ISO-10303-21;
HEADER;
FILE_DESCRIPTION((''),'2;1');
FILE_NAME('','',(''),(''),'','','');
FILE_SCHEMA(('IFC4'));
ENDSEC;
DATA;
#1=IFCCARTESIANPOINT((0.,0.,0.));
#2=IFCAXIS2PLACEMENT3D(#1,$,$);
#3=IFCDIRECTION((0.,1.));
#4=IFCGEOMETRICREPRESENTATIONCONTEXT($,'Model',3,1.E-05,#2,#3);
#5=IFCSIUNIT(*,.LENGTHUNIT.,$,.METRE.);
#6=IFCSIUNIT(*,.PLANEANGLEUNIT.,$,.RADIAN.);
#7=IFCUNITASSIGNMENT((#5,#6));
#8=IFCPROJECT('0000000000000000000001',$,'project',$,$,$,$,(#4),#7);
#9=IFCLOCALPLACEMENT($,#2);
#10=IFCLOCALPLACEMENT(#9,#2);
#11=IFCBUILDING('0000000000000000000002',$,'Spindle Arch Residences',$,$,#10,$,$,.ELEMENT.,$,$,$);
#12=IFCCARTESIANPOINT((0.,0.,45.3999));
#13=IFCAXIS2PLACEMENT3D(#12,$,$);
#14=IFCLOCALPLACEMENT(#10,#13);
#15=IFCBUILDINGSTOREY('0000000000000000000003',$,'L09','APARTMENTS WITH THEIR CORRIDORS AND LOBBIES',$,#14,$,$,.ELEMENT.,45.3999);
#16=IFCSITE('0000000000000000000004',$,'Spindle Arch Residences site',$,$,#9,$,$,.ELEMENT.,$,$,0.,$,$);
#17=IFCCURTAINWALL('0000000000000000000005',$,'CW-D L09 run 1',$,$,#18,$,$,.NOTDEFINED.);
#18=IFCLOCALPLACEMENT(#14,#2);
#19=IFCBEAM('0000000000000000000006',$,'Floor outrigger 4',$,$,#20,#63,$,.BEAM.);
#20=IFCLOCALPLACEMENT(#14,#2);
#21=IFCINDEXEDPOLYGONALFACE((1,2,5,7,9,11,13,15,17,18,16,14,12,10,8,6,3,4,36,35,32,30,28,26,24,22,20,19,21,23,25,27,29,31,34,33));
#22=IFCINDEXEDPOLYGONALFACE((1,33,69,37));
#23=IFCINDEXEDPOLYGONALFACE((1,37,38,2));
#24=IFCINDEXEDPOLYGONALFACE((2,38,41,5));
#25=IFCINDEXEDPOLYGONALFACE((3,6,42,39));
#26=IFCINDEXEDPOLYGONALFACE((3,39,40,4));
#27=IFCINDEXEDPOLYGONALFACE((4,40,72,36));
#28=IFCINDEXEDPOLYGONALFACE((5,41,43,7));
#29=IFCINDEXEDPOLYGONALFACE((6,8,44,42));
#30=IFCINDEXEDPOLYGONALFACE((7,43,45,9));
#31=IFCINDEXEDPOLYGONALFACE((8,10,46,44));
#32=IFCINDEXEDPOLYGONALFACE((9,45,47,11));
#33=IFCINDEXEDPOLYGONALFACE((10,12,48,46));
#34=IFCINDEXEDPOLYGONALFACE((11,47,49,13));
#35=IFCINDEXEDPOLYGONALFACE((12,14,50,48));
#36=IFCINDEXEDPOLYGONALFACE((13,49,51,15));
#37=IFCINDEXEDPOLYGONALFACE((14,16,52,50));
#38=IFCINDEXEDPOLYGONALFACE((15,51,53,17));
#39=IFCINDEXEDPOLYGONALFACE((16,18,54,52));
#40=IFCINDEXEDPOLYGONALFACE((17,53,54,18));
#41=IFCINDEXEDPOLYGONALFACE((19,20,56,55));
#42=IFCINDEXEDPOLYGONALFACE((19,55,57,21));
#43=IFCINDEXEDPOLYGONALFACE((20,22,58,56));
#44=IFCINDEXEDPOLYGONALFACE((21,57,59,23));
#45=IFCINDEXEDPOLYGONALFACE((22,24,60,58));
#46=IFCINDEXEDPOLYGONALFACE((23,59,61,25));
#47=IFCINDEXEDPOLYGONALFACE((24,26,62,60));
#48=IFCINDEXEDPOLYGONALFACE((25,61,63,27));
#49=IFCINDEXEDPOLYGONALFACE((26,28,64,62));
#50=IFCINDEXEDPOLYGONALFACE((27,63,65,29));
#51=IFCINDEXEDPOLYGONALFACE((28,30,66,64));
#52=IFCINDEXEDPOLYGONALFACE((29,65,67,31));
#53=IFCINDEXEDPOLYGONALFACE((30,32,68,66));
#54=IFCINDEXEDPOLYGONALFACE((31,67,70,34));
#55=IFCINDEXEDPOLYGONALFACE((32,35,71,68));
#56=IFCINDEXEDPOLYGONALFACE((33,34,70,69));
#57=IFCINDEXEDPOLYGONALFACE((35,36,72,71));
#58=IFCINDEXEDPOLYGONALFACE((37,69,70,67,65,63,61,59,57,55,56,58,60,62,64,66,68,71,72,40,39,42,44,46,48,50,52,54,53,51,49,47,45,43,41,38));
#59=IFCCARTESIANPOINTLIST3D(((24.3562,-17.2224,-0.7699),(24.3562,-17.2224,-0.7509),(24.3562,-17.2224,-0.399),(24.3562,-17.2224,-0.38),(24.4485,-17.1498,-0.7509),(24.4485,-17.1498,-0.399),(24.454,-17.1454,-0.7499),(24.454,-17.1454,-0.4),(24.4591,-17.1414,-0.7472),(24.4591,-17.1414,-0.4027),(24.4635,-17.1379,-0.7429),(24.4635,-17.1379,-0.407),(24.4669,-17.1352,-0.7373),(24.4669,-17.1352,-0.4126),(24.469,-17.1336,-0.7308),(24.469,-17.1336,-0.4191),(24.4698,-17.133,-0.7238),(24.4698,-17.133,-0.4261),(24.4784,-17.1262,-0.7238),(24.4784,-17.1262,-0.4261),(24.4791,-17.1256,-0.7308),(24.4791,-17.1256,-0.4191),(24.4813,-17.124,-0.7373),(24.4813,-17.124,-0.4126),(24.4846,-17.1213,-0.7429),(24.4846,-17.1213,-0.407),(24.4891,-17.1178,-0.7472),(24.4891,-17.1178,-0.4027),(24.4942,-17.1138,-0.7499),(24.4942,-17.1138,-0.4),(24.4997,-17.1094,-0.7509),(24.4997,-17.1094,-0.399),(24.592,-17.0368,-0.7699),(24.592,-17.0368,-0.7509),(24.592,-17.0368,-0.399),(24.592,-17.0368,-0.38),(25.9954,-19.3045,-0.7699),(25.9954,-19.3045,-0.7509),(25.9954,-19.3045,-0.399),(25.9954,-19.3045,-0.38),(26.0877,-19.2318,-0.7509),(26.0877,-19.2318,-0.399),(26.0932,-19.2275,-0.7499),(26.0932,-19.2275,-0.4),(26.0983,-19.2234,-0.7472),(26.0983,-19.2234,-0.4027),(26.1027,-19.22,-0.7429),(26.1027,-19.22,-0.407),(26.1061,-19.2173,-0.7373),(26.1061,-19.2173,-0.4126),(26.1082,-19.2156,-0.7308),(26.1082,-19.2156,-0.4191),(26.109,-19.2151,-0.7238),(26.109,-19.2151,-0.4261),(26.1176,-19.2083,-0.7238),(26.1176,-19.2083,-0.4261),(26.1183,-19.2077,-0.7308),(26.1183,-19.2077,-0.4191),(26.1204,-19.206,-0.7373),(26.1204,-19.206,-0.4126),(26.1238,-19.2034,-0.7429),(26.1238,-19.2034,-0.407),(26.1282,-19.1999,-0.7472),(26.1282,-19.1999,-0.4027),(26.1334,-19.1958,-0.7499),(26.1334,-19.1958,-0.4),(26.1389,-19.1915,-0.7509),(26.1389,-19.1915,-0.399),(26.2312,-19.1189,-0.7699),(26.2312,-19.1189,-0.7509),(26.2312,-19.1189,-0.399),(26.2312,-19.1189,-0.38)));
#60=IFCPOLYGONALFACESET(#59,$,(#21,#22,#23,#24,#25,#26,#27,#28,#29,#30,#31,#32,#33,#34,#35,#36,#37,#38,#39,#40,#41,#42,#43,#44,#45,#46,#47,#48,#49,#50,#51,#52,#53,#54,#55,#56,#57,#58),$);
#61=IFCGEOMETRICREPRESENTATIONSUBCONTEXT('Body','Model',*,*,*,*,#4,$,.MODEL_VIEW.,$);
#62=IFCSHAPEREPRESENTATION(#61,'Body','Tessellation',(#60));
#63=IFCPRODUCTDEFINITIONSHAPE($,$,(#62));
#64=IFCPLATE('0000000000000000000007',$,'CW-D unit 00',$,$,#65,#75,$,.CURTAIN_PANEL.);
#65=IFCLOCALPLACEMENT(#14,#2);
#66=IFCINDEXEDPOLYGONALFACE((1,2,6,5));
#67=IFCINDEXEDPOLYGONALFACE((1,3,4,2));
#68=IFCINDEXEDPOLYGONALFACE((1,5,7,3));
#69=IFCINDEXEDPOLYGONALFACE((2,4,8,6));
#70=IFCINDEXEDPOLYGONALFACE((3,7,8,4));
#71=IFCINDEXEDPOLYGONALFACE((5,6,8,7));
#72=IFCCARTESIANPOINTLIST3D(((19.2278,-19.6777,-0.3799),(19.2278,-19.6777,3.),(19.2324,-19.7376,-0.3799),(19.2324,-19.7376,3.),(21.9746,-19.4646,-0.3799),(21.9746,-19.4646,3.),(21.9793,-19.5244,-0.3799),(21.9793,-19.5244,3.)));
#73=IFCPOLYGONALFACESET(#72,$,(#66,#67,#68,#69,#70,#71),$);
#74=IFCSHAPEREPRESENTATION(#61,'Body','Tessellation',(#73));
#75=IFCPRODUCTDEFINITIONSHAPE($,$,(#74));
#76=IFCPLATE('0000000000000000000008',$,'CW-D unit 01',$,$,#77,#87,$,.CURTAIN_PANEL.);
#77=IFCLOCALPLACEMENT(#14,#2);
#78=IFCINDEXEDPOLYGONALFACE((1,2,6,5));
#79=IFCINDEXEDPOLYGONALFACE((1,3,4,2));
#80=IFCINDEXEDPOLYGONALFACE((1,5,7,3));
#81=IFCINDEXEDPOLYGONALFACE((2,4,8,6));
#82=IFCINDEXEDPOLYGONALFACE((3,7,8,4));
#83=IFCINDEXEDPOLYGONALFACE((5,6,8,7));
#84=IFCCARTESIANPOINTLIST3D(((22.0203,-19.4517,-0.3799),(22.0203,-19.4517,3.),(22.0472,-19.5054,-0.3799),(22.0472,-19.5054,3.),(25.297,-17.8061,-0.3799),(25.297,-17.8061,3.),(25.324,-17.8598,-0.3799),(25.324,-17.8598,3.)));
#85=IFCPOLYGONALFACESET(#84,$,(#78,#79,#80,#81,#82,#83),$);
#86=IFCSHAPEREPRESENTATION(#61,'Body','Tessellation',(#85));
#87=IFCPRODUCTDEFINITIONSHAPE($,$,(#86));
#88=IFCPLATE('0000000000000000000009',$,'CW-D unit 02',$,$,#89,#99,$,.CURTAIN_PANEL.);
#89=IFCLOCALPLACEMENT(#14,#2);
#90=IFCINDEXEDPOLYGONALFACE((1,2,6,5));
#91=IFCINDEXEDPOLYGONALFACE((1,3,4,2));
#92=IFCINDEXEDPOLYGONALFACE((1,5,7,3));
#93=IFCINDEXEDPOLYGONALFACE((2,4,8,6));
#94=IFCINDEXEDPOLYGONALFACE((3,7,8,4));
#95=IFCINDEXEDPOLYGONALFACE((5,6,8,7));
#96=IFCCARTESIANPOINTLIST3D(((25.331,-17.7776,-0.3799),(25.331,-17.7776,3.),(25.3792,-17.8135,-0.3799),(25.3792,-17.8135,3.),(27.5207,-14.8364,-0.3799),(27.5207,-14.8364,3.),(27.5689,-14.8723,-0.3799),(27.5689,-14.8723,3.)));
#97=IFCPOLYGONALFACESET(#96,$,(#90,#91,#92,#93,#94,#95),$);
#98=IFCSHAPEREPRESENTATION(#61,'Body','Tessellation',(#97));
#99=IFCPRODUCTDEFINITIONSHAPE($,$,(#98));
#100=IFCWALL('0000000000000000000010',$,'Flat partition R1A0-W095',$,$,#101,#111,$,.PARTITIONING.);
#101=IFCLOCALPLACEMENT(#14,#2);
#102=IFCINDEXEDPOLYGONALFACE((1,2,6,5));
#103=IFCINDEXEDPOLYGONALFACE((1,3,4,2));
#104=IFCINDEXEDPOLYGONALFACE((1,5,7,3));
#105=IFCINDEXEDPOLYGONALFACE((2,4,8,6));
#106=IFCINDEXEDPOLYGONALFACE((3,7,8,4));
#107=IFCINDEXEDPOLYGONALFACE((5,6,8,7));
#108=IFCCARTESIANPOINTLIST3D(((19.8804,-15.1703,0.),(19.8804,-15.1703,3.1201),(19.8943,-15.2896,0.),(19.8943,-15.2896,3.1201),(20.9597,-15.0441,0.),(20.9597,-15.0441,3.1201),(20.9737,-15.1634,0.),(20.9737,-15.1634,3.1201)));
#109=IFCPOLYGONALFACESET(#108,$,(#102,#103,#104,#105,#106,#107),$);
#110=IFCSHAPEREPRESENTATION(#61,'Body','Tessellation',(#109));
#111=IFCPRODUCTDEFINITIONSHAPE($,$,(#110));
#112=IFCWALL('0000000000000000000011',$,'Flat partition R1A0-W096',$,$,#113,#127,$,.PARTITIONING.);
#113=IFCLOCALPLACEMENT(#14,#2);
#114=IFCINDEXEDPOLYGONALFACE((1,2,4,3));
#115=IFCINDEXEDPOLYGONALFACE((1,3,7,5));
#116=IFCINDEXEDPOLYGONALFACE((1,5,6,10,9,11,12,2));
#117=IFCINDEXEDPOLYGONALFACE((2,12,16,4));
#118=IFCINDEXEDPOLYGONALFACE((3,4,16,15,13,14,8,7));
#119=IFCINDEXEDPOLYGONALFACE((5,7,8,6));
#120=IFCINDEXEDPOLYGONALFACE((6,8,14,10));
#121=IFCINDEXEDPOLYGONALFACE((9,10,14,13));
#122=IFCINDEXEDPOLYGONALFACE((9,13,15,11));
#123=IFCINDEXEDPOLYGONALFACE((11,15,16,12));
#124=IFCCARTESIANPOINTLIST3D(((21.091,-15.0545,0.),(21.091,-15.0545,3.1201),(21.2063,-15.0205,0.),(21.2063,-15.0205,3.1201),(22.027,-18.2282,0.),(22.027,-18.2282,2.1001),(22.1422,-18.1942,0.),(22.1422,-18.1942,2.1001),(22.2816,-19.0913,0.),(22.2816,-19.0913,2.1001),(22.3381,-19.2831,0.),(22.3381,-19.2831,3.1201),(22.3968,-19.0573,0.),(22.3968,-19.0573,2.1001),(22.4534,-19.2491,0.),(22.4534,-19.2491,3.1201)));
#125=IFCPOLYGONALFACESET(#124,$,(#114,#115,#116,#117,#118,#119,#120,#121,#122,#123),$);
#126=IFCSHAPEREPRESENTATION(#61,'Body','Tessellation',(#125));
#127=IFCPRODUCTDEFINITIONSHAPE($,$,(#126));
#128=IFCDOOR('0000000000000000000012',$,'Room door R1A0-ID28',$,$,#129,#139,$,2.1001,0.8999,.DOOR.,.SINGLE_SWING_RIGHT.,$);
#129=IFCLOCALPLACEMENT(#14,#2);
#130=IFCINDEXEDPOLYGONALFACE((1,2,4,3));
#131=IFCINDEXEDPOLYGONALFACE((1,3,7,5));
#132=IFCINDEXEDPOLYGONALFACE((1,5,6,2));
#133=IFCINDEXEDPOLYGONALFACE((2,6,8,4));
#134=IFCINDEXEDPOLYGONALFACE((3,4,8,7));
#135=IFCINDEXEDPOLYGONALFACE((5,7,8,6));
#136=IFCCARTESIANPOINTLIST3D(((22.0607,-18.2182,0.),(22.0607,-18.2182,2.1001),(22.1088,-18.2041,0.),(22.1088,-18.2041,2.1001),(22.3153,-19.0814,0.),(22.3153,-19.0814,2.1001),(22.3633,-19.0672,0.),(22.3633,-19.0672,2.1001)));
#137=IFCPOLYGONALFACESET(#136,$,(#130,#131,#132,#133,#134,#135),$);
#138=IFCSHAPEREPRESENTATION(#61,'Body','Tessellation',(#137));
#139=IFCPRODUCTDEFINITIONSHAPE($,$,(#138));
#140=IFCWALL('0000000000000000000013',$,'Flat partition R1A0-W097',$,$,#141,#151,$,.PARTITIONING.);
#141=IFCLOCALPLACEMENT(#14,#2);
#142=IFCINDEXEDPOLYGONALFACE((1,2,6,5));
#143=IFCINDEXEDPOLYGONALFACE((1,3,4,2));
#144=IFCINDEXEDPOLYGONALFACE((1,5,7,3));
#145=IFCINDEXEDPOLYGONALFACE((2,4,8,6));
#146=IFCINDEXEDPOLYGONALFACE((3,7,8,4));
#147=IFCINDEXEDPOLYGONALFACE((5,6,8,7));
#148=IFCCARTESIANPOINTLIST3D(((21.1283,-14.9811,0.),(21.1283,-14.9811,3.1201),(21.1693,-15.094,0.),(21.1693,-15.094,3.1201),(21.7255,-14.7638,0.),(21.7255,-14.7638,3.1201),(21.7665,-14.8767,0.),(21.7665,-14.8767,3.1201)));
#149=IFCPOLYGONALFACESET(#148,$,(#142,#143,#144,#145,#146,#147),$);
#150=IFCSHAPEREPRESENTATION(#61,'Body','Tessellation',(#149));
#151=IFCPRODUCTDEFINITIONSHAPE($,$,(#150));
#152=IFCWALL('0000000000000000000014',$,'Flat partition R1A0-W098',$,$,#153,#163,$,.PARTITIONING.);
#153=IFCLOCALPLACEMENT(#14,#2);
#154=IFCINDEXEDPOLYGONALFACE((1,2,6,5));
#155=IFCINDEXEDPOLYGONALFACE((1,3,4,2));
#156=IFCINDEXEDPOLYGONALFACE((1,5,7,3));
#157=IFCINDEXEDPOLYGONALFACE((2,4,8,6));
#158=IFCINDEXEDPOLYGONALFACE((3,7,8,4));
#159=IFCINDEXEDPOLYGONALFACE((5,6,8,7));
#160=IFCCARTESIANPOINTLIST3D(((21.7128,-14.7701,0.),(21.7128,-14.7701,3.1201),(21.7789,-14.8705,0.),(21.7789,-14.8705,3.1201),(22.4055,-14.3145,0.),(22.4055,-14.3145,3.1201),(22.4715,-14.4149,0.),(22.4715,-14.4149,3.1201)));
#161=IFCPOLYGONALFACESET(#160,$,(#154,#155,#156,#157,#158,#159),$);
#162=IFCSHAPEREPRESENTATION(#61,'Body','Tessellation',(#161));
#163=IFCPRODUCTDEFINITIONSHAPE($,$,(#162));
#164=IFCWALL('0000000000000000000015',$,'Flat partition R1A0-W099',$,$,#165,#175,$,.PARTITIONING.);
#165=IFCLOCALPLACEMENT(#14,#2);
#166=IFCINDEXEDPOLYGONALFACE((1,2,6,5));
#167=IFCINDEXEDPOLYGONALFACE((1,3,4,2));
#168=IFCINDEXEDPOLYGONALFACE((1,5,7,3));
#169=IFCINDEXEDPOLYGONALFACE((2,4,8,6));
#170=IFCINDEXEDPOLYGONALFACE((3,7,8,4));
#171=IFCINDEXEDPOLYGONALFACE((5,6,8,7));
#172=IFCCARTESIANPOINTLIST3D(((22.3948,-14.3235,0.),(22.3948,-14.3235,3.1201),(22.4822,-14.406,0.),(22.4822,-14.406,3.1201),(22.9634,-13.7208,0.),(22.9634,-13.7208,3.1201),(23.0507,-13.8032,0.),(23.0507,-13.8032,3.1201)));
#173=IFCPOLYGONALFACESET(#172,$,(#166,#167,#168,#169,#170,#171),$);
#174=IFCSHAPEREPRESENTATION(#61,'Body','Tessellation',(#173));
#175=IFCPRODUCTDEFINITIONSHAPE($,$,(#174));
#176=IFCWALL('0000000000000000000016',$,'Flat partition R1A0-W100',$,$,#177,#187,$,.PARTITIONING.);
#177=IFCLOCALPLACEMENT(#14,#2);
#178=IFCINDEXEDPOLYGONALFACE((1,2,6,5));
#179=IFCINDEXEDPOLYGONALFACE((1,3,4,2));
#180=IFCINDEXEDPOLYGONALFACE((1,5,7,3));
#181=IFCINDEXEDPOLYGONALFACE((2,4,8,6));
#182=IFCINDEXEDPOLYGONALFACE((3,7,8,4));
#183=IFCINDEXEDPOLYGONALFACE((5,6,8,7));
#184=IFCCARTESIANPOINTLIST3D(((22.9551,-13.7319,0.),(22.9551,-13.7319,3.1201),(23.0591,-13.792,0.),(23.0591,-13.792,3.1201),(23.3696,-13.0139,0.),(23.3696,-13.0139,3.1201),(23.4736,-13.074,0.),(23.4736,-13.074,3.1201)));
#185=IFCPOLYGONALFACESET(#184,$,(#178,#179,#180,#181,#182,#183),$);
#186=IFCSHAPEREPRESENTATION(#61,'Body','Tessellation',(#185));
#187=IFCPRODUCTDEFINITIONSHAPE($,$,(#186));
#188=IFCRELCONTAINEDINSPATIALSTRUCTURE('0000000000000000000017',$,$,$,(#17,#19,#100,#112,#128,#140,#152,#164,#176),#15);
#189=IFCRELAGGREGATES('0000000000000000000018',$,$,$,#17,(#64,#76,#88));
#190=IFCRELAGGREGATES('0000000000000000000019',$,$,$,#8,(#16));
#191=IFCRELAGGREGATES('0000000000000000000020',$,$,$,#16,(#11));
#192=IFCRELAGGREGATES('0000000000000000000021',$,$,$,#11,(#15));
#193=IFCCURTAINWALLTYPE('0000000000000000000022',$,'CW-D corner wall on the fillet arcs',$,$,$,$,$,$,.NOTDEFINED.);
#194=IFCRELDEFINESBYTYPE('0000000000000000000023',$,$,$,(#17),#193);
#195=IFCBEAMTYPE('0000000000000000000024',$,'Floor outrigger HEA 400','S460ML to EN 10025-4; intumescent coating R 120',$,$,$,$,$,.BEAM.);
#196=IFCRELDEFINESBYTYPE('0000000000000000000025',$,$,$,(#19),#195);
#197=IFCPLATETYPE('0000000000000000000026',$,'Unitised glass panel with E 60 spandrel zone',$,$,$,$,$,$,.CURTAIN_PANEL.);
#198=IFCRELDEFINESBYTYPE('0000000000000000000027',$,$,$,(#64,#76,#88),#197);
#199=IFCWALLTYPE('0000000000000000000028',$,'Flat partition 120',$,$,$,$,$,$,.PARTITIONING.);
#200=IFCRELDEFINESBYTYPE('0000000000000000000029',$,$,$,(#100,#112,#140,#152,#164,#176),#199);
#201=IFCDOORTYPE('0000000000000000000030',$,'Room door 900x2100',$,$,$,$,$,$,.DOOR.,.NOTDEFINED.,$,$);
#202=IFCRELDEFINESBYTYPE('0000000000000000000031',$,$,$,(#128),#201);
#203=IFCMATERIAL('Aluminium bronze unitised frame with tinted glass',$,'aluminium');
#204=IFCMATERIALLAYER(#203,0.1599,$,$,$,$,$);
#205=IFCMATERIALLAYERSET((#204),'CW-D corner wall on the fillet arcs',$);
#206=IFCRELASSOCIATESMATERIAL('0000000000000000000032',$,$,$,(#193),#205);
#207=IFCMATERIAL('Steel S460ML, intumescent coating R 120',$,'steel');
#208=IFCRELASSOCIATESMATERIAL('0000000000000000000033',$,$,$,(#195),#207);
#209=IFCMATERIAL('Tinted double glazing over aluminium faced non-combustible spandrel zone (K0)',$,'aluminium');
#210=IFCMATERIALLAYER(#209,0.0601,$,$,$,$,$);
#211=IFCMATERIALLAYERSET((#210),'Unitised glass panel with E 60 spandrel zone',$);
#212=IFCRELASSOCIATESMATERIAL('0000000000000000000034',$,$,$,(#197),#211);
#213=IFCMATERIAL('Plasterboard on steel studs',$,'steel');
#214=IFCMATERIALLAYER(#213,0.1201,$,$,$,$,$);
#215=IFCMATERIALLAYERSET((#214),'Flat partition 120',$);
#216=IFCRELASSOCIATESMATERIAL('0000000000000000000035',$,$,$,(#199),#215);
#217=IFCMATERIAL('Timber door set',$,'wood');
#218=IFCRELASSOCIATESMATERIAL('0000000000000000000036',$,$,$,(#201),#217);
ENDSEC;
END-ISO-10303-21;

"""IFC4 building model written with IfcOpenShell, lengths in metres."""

from ifc_helpers import new_model, si_unit, direction, frame, frame_2d, origin, origin_2d, place, context, subcontext, project, spatial, rectangle, i_section, extrude, material, layer, layer_set, material_profile, profile_set, type_object, element, fill, aggregate, save


model = new_model("IFC4")

# Units and contexts
model_context = context("Model", 3, precision=1e-05, world=origin(), true_north=direction((0.0, 1.0)))
body_context = subcontext(model_context, "Body", "Model", "MODEL_VIEW")
ifc_project = project(units=[si_unit("LENGTHUNIT", "METRE"), si_unit("PLANEANGLEUNIT", "RADIAN")], contexts=[model_context])

# Site, building, storey
site_placement = place(None, origin())
site = spatial("IfcSite", under=ifc_project, at=site_placement, Name="Spindle Arch Residences site", CompositionType="ELEMENT", RefElevation=0.0)
building_placement = place(site_placement, origin())
building = spatial("IfcBuilding", under=site, at=building_placement, Name="Spindle Arch Residences", CompositionType="ELEMENT")
storey_placement = place(building_placement, frame((0.0, 0.0, 45.3999)))
storey = spatial("IfcBuildingStorey", under=building, at=storey_placement, Name="L09", Description="APARTMENTS WITH THEIR CORRIDORS AND LOBBIES", CompositionType="ELEMENT", Elevation=45.3999)

# Curtain wall
ifc_material_1 = material(Name="Aluminium bronze unitised frame with tinted glass", Category="aluminium")
ifc_layer_1 = layer(ifc_material_1, 0.1599)
ifc_layer_set_1 = layer_set([ifc_layer_1], Name="CW-D corner wall on the fillet arcs")
curtain_wall_type = type_object("IfcCurtainWallType", Name="CW-D corner wall on the fillet arcs", PredefinedType="NOTDEFINED", material=ifc_layer_set_1)
curtain_wall_placement = place(storey_placement, origin())
curtain_wall = element("IfcCurtainWall", 1, at=curtain_wall_placement, inside=storey, type_object=curtain_wall_type, Name="CW-D L09 run 1", PredefinedType="NOTDEFINED")

# Beam
ifc_material_2 = material(Name="Steel S460ML, intumescent coating R 120", Category="steel")
ifc_material_profile_1 = material_profile(ifc_material_2, i_section(OverallWidth=0.3, OverallDepth=0.3899, WebThickness=0.011, FlangeThickness=0.019, FilletRadius=0.0271, at=origin_2d()), Name="HEA 400")
ifc_profile_set_1 = profile_set([ifc_material_profile_1], Name="Steel S460ML, intumescent coating R 120")
beam_type_1 = type_object("IfcBeamType", Name="Floor outrigger HEA 400", Description="S460ML to EN 10025-4; intumescent coating R 120", PredefinedType="BEAM", material=ifc_profile_set_1)
beam_1_placement = place(storey_placement, frame((26.1133, -19.2117, -0.575), z_axis=(-0.618586, 0.785717, 0.0), x_axis=(-0.785717, -0.618586, 0.0)))
element("IfcBeam", 2, at=beam_1_placement, inside=storey, type_object=beam_type_1, Name="Floor outrigger 4", PredefinedType="BEAM", context=body_context, shape_type="SweptSolid", body=[
    extrude(i_section(OverallWidth=0.3, OverallDepth=0.3899, WebThickness=0.011, FlangeThickness=0.019, FilletRadius=0.0271, at=origin_2d()), origin(), (0.0, 0.0, 1.0), 2.6499),
])

# Plates
ifc_material_3 = material(Name="Tinted double glazing over aluminium faced non-combustible spandrel zone (K0)", Category="aluminium")
ifc_layer_2 = layer(ifc_material_3, 0.0601)
ifc_layer_set_2 = layer_set([ifc_layer_2], Name="Unitised glass panel with E 60 spandrel zone")
plate_type = type_object("IfcPlateType", Name="Unitised glass panel with E 60 spandrel zone", PredefinedType="CURTAIN_PANEL", material=ifc_layer_set_2)
plate_1_placement = place(storey_placement, frame((20.6035, -19.6011, -0.3799), z_axis=(0.0, 0.0, 1.0), x_axis=(0.997003, 0.077364, 0.0)))
plate_1 = element("IfcPlate", 3, at=plate_1_placement, type_object=plate_type, Name="CW-D unit 00", PredefinedType="CURTAIN_PANEL", context=body_context, shape_type="SweptSolid", body=[
    extrude(rectangle(XDim=2.7551, YDim=0.0601, at=origin_2d()), origin(), (0.0, 0.0, 1.0), 3.3799),
])
plate_2_placement = place(storey_placement, frame((23.6721, -18.6558, -0.3799), z_axis=(0.0, 0.0, 1.0), x_axis=(0.893633, 0.448799, 0.0)))
plate_2 = element("IfcPlate", 4, at=plate_2_placement, type_object=plate_type, Name="CW-D unit 01", PredefinedType="CURTAIN_PANEL", context=body_context, shape_type="SweptSolid", body=[
    extrude(rectangle(XDim=3.6667, YDim=0.0601, at=origin_2d()), origin(), (0.0, 0.0, 1.0), 3.3799),
])
plate_3_placement = place(storey_placement, frame((26.45, -16.325, -0.3799), z_axis=(0.0, 0.0, 1.0), x_axis=(0.597159, 0.802123, 0.0)))
plate_3 = element("IfcPlate", 5, at=plate_3_placement, type_object=plate_type, Name="CW-D unit 02", PredefinedType="CURTAIN_PANEL", context=body_context, shape_type="SweptSolid", body=[
    extrude(rectangle(XDim=3.6667, YDim=0.0601, at=origin_2d()), origin(), (0.0, 0.0, 1.0), 3.3799),
])
aggregate(curtain_wall, [plate_1, plate_2, plate_3])

# Wall
ifc_material_4 = material(Name="Plasterboard on steel studs", Category="steel")
ifc_layer_3 = layer(ifc_material_4, 0.1201)
ifc_layer_set_3 = layer_set([ifc_layer_3], Name="Flat partition 120")
wall_type_1 = type_object("IfcWallType", Name="Flat partition 120", PredefinedType="PARTITIONING", material=ifc_layer_set_3)
wall_1_placement = place(storey_placement, frame((20.9668, -15.1038, 0.0), z_axis=(0.0, 0.0, 1.0), x_axis=(-0.993232, -0.11615, 0.0)))
element("IfcWall", 6, at=wall_1_placement, inside=storey, type_object=wall_type_1, Name="Flat partition R1A0-W095", PredefinedType="PARTITIONING", context=body_context, shape_type="SweptSolid", body=[
    extrude(rectangle(XDim=1.0867, YDim=0.1201, at=frame_2d((0.5435, 0.0))), origin(), (0.0, 0.0, 1.0), 3.1201),
])

# Wall, opening, door
wall_2_placement = place(storey_placement, frame((22.3958, -19.2661, 0.0), z_axis=(0.0, 0.0, 1.0), x_axis=(-0.282874, 0.959157, 0.0)))
wall_2 = element("IfcWall", 7, at=wall_2_placement, inside=storey, type_object=wall_type_1, Name="Flat partition R1A0-W096", PredefinedType="PARTITIONING", context=body_context, shape_type="SweptSolid", body=[
    extrude(rectangle(XDim=4.4087, YDim=0.1201, at=frame_2d((2.2043, 0.0))), origin(), (0.0, 0.0, 1.0), 3.1201),
])
opening_placement = place(wall_2_placement, frame((0.2, 0.0, 0.0)))
opening = element("IfcOpeningElement", 8, at=opening_placement, cuts=wall_2, PredefinedType="OPENING", context=body_context, shape_type="SweptSolid", body=[
    extrude(rectangle(XDim=0.8999, YDim=2.1001, at=frame_2d((0.45, 1.05))), frame((0.0, 0.0701, 0.0), z_axis=(0.0, -1.0, 0.0), x_axis=(1.0, 0.0, 0.0)), (0.0, 0.0, 1.0), 0.1401),
])
ifc_material_5 = material(Name="Timber door set", Category="wood")
door_type = type_object("IfcDoorType", Name="Room door 900x2100", OperationType="NOTDEFINED", PredefinedType="DOOR", material=ifc_material_5)
door_placement = place(opening_placement, origin())
door = element("IfcDoor", 9, at=door_placement, inside=storey, type_object=door_type, Name="Room door R1A0-ID28", OperationType="SINGLE_SWING_RIGHT", OverallHeight=2.1001, OverallWidth=0.8999, PredefinedType="DOOR", context=body_context, shape_type="SweptSolid", body=[
    extrude(rectangle(XDim=0.8999, YDim=2.1001, at=frame_2d((0.45, 1.05))), frame((0.0, 0.0249, 0.0), z_axis=(0.0, -1.0, 0.0), x_axis=(1.0, 0.0, 0.0)), (0.0, 0.0, 1.0), 0.05),
])
fill(opening, door)

# Walls
wall_3_placement = place(storey_placement, frame((21.1487, -15.0376, 0.0), z_axis=(0.0, 0.0, 1.0), x_axis=(0.939726, 0.341928, 0.0)))
element("IfcWall", 10, at=wall_3_placement, inside=storey, type_object=wall_type_1, Name="Flat partition R1A0-W097", PredefinedType="PARTITIONING", context=body_context, shape_type="SweptSolid", body=[
    extrude(rectangle(XDim=0.6355, YDim=0.1201, at=frame_2d((0.3179, 0.0))), origin(), (0.0, 0.0, 1.0), 3.1201),
])
wall_4_placement = place(storey_placement, frame((21.7458, -14.8203, 0.0), z_axis=(0.0, 0.0, 1.0), x_axis=(0.835478, 0.549525, 0.0)))
element("IfcWall", 11, at=wall_4_placement, inside=storey, type_object=wall_type_1, Name="Flat partition R1A0-W098", PredefinedType="PARTITIONING", context=body_context, shape_type="SweptSolid", body=[
    extrude(rectangle(XDim=0.8291, YDim=0.1201, at=frame_2d((0.4146, 0.0))), origin(), (0.0, 0.0, 1.0), 3.1201),
])
wall_5_placement = place(storey_placement, frame((22.4385, -14.3647, 0.0), z_axis=(0.0, 0.0, 1.0), x_axis=(0.686182, 0.72743, 0.0)))
element("IfcWall", 12, at=wall_5_placement, inside=storey, type_object=wall_type_1, Name="Flat partition R1A0-W099", PredefinedType="PARTITIONING", context=body_context, shape_type="SweptSolid", body=[
    extrude(rectangle(XDim=0.8286, YDim=0.1201, at=frame_2d((0.4143, 0.0))), origin(), (0.0, 0.0, 1.0), 3.1201),
])
wall_6_placement = place(storey_placement, frame((23.0071, -13.762, 0.0), z_axis=(0.0, 0.0, 1.0), x_axis=(0.500003, 0.866024, 0.0)))
element("IfcWall", 13, at=wall_6_placement, inside=storey, type_object=wall_type_1, Name="Flat partition R1A0-W100", PredefinedType="PARTITIONING", context=body_context, shape_type="SweptSolid", body=[
    extrude(rectangle(XDim=0.8291, YDim=0.1201, at=frame_2d((0.4146, 0.0))), origin(), (0.0, 0.0, 1.0), 3.1201),
])

save(model, "model.ifc")
